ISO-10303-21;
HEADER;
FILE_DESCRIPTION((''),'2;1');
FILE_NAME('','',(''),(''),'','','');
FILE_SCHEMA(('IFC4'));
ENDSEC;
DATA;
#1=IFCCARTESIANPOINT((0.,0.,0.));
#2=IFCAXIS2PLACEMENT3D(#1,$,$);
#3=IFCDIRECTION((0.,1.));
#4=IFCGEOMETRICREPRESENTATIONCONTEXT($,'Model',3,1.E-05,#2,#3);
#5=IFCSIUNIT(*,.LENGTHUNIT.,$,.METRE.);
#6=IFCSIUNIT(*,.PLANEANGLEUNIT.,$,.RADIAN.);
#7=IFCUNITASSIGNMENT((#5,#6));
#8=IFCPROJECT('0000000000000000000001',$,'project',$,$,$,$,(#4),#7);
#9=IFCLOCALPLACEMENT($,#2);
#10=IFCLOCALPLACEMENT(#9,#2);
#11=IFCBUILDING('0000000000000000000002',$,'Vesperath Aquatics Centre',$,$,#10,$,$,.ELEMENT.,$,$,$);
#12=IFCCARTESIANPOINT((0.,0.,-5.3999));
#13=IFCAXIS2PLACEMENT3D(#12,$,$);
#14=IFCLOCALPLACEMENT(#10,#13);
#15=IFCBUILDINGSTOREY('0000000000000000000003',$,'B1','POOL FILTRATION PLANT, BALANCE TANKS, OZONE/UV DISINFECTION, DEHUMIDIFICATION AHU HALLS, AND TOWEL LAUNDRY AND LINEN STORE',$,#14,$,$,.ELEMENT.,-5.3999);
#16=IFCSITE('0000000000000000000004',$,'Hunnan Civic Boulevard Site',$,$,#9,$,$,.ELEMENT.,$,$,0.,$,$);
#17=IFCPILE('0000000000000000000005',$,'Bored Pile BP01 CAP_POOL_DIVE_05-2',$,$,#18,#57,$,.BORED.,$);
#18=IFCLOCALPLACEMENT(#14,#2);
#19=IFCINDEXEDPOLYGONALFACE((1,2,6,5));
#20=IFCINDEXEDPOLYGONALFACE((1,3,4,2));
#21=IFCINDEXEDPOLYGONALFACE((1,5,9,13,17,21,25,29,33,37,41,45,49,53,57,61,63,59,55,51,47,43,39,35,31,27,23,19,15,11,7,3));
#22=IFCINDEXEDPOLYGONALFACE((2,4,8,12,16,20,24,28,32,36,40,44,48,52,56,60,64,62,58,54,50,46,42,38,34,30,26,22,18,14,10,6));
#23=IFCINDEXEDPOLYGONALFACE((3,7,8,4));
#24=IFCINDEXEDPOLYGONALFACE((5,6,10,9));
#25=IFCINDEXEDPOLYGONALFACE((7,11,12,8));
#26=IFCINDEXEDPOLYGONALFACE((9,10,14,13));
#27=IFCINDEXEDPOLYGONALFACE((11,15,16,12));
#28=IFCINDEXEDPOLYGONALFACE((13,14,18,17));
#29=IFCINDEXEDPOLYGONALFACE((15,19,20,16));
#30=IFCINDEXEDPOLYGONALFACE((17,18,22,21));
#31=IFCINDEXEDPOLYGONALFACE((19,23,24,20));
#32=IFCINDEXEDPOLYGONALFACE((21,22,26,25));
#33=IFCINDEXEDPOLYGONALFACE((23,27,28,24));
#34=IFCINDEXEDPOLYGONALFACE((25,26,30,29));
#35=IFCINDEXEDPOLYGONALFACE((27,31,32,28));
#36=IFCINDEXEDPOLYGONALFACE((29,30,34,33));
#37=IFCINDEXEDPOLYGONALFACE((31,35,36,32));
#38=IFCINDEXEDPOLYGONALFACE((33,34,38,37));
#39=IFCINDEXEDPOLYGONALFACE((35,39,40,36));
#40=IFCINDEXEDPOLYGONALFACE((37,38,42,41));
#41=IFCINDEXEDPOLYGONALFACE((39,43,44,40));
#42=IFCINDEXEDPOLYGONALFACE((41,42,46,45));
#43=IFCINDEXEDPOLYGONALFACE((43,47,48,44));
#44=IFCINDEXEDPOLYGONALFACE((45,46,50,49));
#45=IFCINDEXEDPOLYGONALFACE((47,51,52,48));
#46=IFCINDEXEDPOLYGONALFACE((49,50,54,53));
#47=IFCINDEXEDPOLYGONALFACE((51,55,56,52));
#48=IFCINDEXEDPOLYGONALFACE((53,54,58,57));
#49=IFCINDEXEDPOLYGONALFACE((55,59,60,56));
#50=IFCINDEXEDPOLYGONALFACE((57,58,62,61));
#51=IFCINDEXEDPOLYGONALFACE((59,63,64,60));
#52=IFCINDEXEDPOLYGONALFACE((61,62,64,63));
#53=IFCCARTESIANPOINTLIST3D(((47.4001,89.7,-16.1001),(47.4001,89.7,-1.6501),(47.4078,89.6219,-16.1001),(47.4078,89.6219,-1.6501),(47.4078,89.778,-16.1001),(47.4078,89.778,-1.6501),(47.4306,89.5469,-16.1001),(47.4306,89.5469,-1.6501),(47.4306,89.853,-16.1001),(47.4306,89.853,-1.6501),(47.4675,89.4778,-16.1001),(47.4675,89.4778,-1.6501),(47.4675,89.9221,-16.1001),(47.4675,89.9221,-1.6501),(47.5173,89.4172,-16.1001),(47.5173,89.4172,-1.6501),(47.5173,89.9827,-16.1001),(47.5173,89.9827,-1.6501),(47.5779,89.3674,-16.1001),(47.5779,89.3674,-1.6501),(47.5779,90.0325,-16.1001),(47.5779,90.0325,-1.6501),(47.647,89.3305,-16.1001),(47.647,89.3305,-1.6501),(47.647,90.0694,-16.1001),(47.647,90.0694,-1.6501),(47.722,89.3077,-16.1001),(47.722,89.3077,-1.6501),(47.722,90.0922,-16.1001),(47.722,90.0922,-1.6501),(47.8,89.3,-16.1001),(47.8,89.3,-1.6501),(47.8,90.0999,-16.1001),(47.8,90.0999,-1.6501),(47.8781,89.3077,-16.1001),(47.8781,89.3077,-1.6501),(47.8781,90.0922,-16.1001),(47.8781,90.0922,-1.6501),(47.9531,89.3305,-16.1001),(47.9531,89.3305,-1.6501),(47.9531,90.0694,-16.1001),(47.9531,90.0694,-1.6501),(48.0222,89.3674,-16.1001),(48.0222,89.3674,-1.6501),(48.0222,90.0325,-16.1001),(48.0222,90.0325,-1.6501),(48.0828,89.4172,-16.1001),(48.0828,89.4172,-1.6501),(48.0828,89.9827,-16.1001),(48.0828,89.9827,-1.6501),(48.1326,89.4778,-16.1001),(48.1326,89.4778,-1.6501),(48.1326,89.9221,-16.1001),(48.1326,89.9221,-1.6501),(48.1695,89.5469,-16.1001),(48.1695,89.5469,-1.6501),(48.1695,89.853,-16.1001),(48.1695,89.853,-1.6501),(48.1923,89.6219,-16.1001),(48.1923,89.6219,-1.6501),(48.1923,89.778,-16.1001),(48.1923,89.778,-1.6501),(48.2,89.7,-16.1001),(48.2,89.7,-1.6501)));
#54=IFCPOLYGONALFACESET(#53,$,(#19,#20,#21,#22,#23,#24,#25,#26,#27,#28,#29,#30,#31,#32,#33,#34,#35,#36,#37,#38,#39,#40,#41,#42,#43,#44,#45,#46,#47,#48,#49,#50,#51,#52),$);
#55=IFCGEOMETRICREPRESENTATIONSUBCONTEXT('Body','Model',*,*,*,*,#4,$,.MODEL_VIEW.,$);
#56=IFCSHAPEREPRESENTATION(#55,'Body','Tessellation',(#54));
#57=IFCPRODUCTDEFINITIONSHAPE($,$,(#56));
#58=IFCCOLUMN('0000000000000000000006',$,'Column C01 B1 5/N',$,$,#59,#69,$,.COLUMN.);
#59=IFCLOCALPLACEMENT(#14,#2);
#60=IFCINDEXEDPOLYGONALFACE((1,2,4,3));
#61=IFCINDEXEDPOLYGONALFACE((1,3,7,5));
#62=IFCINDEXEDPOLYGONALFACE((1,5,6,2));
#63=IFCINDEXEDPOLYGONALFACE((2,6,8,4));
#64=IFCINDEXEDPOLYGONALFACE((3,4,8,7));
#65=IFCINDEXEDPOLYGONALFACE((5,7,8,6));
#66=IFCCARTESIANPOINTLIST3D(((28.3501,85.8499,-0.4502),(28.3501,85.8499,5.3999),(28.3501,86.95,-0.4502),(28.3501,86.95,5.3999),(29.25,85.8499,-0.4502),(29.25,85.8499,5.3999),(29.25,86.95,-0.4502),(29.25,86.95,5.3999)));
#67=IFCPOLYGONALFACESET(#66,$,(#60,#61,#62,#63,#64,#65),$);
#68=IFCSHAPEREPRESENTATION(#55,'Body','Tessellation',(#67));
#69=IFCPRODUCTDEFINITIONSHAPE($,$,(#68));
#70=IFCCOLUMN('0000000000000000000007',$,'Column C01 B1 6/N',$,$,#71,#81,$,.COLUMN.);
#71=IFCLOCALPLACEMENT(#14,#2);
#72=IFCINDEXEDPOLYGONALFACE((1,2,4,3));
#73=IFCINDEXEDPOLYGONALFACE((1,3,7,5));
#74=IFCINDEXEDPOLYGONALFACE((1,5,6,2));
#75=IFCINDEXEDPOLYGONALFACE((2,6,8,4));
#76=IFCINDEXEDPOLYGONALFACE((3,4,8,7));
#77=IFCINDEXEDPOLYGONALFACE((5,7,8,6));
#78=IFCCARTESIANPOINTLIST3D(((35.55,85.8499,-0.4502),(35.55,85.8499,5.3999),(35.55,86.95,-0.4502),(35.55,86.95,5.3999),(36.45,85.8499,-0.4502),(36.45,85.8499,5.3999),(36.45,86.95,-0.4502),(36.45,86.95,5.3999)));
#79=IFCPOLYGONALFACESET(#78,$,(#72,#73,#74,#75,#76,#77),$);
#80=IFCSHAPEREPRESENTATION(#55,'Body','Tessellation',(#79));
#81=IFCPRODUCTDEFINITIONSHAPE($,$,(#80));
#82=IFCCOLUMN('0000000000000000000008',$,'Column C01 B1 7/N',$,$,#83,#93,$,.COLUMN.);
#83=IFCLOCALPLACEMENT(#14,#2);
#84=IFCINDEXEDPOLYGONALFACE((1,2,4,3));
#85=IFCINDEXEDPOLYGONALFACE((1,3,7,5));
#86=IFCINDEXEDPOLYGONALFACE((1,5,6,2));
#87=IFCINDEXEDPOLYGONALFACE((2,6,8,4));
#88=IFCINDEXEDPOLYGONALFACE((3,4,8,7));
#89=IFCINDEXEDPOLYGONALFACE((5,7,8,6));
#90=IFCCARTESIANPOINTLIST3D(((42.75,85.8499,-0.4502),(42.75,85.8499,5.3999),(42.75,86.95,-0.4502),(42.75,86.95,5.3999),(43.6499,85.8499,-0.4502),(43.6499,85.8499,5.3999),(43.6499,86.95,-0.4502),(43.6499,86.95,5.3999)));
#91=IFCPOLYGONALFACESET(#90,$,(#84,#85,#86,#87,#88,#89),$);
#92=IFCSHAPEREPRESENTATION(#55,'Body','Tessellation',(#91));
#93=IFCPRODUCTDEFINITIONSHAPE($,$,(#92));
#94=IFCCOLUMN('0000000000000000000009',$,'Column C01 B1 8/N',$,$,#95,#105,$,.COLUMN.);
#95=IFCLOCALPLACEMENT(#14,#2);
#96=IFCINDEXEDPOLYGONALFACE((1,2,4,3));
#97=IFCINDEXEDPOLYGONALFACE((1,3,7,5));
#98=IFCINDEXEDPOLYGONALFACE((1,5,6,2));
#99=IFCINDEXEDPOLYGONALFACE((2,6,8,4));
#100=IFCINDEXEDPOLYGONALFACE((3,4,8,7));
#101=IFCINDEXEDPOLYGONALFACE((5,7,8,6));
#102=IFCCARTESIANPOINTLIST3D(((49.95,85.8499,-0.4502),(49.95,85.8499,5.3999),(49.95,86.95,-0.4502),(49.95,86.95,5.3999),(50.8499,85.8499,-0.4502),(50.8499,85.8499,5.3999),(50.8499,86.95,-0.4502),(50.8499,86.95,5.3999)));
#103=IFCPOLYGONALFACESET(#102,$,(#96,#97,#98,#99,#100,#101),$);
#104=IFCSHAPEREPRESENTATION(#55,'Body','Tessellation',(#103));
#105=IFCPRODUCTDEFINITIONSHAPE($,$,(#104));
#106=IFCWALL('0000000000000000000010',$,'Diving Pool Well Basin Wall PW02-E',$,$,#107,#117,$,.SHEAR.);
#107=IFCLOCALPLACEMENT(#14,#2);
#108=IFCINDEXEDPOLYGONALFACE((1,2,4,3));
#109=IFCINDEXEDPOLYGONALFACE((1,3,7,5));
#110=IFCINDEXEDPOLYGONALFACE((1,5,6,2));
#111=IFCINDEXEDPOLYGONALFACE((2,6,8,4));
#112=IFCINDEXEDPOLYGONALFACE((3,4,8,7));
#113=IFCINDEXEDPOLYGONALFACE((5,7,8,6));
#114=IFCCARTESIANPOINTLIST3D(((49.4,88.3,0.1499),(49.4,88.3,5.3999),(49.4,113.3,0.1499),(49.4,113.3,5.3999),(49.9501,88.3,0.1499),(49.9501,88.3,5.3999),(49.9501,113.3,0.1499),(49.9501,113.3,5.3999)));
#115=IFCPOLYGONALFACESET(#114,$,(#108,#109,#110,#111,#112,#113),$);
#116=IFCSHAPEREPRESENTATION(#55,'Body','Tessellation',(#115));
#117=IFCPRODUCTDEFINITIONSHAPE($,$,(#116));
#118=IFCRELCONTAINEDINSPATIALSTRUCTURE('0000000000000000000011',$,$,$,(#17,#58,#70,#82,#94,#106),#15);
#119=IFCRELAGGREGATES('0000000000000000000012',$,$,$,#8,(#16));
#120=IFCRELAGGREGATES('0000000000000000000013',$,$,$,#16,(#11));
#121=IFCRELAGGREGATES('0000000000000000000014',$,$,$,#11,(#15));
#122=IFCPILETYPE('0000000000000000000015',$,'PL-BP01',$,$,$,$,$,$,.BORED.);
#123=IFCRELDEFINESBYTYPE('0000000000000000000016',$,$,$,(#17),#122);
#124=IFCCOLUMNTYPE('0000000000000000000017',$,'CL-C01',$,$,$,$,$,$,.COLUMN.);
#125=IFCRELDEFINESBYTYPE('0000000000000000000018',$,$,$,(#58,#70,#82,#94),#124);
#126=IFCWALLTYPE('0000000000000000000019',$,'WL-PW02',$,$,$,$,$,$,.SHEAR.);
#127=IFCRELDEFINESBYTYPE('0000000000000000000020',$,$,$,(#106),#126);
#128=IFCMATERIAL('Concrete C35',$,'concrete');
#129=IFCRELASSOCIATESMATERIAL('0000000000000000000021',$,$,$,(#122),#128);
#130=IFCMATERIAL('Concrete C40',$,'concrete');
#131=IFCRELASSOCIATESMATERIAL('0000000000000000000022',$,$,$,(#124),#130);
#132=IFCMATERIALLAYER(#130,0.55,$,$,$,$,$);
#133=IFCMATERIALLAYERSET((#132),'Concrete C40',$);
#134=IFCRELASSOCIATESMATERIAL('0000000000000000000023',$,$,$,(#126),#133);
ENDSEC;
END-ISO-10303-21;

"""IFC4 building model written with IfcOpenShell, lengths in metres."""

from ifc_helpers import new_model, si_unit, direction, frame, frame_2d, origin, origin_2d, place, context, subcontext, project, spatial, rectangle, circle, extrude, material, layer, layer_set, material_profile, profile_set, type_object, element, save


model = new_model("IFC4")

# Units and contexts
model_context = context("Model", 3, precision=1e-05, world=origin(), true_north=direction((0.0, 1.0)))
body_context = subcontext(model_context, "Body", "Model", "MODEL_VIEW")
ifc_project = project(units=[si_unit("LENGTHUNIT", "METRE"), si_unit("PLANEANGLEUNIT", "RADIAN")], contexts=[model_context])

# Site, building, storey
site_placement = place(None, origin())
site = spatial("IfcSite", under=ifc_project, at=site_placement, Name="Hunnan Civic Boulevard Site", CompositionType="ELEMENT", RefElevation=0.0)
building_placement = place(site_placement, origin())
building = spatial("IfcBuilding", under=site, at=building_placement, Name="Vesperath Aquatics Centre", CompositionType="ELEMENT")
storey_placement = place(building_placement, frame((0.0, 0.0, -5.3999)))
storey = spatial("IfcBuildingStorey", under=building, at=storey_placement, Name="B1", Description="POOL FILTRATION PLANT, BALANCE TANKS, OZONE/UV DISINFECTION, DEHUMIDIFICATION AHU HALLS, AND TOWEL LAUNDRY AND LINEN STORE", CompositionType="ELEMENT", Elevation=-5.3999)

# Shared definitions
ifc_material_1 = material(Name="Concrete C40", Category="concrete")

# Pile
ifc_material_2 = material(Name="Concrete C35", Category="concrete")
ifc_material_profile_1 = material_profile(ifc_material_2, circle(Radius=0.3999, at=origin_2d()), Name="PILE D800")
ifc_profile_set_1 = profile_set([ifc_material_profile_1], Name="Concrete C35")
pile_type = type_object("IfcPileType", Name="PL-BP01", PredefinedType="BORED", material=ifc_profile_set_1)
for number, where, z_axis, x_axis, name in (
    (1, (47.8, 89.7, -1.6501), (0.0, 0.0, -1.0), (1.0, 0.0, 0.0), "Bored Pile BP01 CAP_POOL_DIVE_05-2"),
):
    element("IfcPile", number, at=place(storey_placement, frame(where, z_axis=z_axis, x_axis=x_axis)), inside=storey, type_object=pile_type, Name=name, PredefinedType="BORED", context=body_context, shape_type="SweptSolid", body=[
        extrude(circle(Radius=0.3999, at=origin_2d()), origin(), (0.0, 0.0, 1.0), 14.45),
    ])

# Columns
ifc_material_profile_2 = material_profile(ifc_material_1, rectangle(XDim=0.8999, YDim=1.1001, at=origin_2d()), Name="RC 1100x900")
ifc_profile_set_2 = profile_set([ifc_material_profile_2], Name="Concrete C40")
column_type = type_object("IfcColumnType", Name="CL-C01", PredefinedType="COLUMN", material=ifc_profile_set_2)
for number, where, z_axis, x_axis, name in (
    (2, (28.8, 86.3999, -0.4502), (0.0, 0.0, 1.0), (1.0, 0.0, 0.0), "Column C01 B1 5/N"),
    (3, (36.0, 86.3999, -0.4502), (0.0, 0.0, 1.0), (1.0, 0.0, 0.0), "Column C01 B1 6/N"),
    (4, (43.2, 86.3999, -0.4502), (0.0, 0.0, 1.0), (1.0, 0.0, 0.0), "Column C01 B1 7/N"),
    (5, (50.3999, 86.3999, -0.4502), (0.0, 0.0, 1.0), (1.0, 0.0, 0.0), "Column C01 B1 8/N"),
):
    element("IfcColumn", number, at=place(storey_placement, frame(where, z_axis=z_axis, x_axis=x_axis)), inside=storey, type_object=column_type, Name=name, PredefinedType="COLUMN", context=body_context, shape_type="SweptSolid", body=[
        extrude(rectangle(XDim=0.8999, YDim=1.1001, at=origin_2d()), origin(), (0.0, 0.0, 1.0), 5.8501),
    ])

# Wall
ifc_layer = layer(ifc_material_1, 0.55)
ifc_layer_set = layer_set([ifc_layer], Name="Concrete C40")
wall_type = type_object("IfcWallType", Name="WL-PW02", PredefinedType="SHEAR", material=ifc_layer_set)
wall_placement = place(storey_placement, frame((49.675, 88.3, 0.1499), z_axis=(0.0, 0.0, 1.0), x_axis=(0.0, 1.0, 0.0)))
element("IfcWall", 6, at=wall_placement, inside=storey, type_object=wall_type, Name="Diving Pool Well Basin Wall PW02-E", PredefinedType="SHEAR", context=body_context, shape_type="SweptSolid", body=[
    extrude(rectangle(XDim=25.0, YDim=0.55, at=frame_2d((12.5, 0.0))), origin(), (0.0, 0.0, 1.0), 5.25),
])

save(model, "model.ifc")
